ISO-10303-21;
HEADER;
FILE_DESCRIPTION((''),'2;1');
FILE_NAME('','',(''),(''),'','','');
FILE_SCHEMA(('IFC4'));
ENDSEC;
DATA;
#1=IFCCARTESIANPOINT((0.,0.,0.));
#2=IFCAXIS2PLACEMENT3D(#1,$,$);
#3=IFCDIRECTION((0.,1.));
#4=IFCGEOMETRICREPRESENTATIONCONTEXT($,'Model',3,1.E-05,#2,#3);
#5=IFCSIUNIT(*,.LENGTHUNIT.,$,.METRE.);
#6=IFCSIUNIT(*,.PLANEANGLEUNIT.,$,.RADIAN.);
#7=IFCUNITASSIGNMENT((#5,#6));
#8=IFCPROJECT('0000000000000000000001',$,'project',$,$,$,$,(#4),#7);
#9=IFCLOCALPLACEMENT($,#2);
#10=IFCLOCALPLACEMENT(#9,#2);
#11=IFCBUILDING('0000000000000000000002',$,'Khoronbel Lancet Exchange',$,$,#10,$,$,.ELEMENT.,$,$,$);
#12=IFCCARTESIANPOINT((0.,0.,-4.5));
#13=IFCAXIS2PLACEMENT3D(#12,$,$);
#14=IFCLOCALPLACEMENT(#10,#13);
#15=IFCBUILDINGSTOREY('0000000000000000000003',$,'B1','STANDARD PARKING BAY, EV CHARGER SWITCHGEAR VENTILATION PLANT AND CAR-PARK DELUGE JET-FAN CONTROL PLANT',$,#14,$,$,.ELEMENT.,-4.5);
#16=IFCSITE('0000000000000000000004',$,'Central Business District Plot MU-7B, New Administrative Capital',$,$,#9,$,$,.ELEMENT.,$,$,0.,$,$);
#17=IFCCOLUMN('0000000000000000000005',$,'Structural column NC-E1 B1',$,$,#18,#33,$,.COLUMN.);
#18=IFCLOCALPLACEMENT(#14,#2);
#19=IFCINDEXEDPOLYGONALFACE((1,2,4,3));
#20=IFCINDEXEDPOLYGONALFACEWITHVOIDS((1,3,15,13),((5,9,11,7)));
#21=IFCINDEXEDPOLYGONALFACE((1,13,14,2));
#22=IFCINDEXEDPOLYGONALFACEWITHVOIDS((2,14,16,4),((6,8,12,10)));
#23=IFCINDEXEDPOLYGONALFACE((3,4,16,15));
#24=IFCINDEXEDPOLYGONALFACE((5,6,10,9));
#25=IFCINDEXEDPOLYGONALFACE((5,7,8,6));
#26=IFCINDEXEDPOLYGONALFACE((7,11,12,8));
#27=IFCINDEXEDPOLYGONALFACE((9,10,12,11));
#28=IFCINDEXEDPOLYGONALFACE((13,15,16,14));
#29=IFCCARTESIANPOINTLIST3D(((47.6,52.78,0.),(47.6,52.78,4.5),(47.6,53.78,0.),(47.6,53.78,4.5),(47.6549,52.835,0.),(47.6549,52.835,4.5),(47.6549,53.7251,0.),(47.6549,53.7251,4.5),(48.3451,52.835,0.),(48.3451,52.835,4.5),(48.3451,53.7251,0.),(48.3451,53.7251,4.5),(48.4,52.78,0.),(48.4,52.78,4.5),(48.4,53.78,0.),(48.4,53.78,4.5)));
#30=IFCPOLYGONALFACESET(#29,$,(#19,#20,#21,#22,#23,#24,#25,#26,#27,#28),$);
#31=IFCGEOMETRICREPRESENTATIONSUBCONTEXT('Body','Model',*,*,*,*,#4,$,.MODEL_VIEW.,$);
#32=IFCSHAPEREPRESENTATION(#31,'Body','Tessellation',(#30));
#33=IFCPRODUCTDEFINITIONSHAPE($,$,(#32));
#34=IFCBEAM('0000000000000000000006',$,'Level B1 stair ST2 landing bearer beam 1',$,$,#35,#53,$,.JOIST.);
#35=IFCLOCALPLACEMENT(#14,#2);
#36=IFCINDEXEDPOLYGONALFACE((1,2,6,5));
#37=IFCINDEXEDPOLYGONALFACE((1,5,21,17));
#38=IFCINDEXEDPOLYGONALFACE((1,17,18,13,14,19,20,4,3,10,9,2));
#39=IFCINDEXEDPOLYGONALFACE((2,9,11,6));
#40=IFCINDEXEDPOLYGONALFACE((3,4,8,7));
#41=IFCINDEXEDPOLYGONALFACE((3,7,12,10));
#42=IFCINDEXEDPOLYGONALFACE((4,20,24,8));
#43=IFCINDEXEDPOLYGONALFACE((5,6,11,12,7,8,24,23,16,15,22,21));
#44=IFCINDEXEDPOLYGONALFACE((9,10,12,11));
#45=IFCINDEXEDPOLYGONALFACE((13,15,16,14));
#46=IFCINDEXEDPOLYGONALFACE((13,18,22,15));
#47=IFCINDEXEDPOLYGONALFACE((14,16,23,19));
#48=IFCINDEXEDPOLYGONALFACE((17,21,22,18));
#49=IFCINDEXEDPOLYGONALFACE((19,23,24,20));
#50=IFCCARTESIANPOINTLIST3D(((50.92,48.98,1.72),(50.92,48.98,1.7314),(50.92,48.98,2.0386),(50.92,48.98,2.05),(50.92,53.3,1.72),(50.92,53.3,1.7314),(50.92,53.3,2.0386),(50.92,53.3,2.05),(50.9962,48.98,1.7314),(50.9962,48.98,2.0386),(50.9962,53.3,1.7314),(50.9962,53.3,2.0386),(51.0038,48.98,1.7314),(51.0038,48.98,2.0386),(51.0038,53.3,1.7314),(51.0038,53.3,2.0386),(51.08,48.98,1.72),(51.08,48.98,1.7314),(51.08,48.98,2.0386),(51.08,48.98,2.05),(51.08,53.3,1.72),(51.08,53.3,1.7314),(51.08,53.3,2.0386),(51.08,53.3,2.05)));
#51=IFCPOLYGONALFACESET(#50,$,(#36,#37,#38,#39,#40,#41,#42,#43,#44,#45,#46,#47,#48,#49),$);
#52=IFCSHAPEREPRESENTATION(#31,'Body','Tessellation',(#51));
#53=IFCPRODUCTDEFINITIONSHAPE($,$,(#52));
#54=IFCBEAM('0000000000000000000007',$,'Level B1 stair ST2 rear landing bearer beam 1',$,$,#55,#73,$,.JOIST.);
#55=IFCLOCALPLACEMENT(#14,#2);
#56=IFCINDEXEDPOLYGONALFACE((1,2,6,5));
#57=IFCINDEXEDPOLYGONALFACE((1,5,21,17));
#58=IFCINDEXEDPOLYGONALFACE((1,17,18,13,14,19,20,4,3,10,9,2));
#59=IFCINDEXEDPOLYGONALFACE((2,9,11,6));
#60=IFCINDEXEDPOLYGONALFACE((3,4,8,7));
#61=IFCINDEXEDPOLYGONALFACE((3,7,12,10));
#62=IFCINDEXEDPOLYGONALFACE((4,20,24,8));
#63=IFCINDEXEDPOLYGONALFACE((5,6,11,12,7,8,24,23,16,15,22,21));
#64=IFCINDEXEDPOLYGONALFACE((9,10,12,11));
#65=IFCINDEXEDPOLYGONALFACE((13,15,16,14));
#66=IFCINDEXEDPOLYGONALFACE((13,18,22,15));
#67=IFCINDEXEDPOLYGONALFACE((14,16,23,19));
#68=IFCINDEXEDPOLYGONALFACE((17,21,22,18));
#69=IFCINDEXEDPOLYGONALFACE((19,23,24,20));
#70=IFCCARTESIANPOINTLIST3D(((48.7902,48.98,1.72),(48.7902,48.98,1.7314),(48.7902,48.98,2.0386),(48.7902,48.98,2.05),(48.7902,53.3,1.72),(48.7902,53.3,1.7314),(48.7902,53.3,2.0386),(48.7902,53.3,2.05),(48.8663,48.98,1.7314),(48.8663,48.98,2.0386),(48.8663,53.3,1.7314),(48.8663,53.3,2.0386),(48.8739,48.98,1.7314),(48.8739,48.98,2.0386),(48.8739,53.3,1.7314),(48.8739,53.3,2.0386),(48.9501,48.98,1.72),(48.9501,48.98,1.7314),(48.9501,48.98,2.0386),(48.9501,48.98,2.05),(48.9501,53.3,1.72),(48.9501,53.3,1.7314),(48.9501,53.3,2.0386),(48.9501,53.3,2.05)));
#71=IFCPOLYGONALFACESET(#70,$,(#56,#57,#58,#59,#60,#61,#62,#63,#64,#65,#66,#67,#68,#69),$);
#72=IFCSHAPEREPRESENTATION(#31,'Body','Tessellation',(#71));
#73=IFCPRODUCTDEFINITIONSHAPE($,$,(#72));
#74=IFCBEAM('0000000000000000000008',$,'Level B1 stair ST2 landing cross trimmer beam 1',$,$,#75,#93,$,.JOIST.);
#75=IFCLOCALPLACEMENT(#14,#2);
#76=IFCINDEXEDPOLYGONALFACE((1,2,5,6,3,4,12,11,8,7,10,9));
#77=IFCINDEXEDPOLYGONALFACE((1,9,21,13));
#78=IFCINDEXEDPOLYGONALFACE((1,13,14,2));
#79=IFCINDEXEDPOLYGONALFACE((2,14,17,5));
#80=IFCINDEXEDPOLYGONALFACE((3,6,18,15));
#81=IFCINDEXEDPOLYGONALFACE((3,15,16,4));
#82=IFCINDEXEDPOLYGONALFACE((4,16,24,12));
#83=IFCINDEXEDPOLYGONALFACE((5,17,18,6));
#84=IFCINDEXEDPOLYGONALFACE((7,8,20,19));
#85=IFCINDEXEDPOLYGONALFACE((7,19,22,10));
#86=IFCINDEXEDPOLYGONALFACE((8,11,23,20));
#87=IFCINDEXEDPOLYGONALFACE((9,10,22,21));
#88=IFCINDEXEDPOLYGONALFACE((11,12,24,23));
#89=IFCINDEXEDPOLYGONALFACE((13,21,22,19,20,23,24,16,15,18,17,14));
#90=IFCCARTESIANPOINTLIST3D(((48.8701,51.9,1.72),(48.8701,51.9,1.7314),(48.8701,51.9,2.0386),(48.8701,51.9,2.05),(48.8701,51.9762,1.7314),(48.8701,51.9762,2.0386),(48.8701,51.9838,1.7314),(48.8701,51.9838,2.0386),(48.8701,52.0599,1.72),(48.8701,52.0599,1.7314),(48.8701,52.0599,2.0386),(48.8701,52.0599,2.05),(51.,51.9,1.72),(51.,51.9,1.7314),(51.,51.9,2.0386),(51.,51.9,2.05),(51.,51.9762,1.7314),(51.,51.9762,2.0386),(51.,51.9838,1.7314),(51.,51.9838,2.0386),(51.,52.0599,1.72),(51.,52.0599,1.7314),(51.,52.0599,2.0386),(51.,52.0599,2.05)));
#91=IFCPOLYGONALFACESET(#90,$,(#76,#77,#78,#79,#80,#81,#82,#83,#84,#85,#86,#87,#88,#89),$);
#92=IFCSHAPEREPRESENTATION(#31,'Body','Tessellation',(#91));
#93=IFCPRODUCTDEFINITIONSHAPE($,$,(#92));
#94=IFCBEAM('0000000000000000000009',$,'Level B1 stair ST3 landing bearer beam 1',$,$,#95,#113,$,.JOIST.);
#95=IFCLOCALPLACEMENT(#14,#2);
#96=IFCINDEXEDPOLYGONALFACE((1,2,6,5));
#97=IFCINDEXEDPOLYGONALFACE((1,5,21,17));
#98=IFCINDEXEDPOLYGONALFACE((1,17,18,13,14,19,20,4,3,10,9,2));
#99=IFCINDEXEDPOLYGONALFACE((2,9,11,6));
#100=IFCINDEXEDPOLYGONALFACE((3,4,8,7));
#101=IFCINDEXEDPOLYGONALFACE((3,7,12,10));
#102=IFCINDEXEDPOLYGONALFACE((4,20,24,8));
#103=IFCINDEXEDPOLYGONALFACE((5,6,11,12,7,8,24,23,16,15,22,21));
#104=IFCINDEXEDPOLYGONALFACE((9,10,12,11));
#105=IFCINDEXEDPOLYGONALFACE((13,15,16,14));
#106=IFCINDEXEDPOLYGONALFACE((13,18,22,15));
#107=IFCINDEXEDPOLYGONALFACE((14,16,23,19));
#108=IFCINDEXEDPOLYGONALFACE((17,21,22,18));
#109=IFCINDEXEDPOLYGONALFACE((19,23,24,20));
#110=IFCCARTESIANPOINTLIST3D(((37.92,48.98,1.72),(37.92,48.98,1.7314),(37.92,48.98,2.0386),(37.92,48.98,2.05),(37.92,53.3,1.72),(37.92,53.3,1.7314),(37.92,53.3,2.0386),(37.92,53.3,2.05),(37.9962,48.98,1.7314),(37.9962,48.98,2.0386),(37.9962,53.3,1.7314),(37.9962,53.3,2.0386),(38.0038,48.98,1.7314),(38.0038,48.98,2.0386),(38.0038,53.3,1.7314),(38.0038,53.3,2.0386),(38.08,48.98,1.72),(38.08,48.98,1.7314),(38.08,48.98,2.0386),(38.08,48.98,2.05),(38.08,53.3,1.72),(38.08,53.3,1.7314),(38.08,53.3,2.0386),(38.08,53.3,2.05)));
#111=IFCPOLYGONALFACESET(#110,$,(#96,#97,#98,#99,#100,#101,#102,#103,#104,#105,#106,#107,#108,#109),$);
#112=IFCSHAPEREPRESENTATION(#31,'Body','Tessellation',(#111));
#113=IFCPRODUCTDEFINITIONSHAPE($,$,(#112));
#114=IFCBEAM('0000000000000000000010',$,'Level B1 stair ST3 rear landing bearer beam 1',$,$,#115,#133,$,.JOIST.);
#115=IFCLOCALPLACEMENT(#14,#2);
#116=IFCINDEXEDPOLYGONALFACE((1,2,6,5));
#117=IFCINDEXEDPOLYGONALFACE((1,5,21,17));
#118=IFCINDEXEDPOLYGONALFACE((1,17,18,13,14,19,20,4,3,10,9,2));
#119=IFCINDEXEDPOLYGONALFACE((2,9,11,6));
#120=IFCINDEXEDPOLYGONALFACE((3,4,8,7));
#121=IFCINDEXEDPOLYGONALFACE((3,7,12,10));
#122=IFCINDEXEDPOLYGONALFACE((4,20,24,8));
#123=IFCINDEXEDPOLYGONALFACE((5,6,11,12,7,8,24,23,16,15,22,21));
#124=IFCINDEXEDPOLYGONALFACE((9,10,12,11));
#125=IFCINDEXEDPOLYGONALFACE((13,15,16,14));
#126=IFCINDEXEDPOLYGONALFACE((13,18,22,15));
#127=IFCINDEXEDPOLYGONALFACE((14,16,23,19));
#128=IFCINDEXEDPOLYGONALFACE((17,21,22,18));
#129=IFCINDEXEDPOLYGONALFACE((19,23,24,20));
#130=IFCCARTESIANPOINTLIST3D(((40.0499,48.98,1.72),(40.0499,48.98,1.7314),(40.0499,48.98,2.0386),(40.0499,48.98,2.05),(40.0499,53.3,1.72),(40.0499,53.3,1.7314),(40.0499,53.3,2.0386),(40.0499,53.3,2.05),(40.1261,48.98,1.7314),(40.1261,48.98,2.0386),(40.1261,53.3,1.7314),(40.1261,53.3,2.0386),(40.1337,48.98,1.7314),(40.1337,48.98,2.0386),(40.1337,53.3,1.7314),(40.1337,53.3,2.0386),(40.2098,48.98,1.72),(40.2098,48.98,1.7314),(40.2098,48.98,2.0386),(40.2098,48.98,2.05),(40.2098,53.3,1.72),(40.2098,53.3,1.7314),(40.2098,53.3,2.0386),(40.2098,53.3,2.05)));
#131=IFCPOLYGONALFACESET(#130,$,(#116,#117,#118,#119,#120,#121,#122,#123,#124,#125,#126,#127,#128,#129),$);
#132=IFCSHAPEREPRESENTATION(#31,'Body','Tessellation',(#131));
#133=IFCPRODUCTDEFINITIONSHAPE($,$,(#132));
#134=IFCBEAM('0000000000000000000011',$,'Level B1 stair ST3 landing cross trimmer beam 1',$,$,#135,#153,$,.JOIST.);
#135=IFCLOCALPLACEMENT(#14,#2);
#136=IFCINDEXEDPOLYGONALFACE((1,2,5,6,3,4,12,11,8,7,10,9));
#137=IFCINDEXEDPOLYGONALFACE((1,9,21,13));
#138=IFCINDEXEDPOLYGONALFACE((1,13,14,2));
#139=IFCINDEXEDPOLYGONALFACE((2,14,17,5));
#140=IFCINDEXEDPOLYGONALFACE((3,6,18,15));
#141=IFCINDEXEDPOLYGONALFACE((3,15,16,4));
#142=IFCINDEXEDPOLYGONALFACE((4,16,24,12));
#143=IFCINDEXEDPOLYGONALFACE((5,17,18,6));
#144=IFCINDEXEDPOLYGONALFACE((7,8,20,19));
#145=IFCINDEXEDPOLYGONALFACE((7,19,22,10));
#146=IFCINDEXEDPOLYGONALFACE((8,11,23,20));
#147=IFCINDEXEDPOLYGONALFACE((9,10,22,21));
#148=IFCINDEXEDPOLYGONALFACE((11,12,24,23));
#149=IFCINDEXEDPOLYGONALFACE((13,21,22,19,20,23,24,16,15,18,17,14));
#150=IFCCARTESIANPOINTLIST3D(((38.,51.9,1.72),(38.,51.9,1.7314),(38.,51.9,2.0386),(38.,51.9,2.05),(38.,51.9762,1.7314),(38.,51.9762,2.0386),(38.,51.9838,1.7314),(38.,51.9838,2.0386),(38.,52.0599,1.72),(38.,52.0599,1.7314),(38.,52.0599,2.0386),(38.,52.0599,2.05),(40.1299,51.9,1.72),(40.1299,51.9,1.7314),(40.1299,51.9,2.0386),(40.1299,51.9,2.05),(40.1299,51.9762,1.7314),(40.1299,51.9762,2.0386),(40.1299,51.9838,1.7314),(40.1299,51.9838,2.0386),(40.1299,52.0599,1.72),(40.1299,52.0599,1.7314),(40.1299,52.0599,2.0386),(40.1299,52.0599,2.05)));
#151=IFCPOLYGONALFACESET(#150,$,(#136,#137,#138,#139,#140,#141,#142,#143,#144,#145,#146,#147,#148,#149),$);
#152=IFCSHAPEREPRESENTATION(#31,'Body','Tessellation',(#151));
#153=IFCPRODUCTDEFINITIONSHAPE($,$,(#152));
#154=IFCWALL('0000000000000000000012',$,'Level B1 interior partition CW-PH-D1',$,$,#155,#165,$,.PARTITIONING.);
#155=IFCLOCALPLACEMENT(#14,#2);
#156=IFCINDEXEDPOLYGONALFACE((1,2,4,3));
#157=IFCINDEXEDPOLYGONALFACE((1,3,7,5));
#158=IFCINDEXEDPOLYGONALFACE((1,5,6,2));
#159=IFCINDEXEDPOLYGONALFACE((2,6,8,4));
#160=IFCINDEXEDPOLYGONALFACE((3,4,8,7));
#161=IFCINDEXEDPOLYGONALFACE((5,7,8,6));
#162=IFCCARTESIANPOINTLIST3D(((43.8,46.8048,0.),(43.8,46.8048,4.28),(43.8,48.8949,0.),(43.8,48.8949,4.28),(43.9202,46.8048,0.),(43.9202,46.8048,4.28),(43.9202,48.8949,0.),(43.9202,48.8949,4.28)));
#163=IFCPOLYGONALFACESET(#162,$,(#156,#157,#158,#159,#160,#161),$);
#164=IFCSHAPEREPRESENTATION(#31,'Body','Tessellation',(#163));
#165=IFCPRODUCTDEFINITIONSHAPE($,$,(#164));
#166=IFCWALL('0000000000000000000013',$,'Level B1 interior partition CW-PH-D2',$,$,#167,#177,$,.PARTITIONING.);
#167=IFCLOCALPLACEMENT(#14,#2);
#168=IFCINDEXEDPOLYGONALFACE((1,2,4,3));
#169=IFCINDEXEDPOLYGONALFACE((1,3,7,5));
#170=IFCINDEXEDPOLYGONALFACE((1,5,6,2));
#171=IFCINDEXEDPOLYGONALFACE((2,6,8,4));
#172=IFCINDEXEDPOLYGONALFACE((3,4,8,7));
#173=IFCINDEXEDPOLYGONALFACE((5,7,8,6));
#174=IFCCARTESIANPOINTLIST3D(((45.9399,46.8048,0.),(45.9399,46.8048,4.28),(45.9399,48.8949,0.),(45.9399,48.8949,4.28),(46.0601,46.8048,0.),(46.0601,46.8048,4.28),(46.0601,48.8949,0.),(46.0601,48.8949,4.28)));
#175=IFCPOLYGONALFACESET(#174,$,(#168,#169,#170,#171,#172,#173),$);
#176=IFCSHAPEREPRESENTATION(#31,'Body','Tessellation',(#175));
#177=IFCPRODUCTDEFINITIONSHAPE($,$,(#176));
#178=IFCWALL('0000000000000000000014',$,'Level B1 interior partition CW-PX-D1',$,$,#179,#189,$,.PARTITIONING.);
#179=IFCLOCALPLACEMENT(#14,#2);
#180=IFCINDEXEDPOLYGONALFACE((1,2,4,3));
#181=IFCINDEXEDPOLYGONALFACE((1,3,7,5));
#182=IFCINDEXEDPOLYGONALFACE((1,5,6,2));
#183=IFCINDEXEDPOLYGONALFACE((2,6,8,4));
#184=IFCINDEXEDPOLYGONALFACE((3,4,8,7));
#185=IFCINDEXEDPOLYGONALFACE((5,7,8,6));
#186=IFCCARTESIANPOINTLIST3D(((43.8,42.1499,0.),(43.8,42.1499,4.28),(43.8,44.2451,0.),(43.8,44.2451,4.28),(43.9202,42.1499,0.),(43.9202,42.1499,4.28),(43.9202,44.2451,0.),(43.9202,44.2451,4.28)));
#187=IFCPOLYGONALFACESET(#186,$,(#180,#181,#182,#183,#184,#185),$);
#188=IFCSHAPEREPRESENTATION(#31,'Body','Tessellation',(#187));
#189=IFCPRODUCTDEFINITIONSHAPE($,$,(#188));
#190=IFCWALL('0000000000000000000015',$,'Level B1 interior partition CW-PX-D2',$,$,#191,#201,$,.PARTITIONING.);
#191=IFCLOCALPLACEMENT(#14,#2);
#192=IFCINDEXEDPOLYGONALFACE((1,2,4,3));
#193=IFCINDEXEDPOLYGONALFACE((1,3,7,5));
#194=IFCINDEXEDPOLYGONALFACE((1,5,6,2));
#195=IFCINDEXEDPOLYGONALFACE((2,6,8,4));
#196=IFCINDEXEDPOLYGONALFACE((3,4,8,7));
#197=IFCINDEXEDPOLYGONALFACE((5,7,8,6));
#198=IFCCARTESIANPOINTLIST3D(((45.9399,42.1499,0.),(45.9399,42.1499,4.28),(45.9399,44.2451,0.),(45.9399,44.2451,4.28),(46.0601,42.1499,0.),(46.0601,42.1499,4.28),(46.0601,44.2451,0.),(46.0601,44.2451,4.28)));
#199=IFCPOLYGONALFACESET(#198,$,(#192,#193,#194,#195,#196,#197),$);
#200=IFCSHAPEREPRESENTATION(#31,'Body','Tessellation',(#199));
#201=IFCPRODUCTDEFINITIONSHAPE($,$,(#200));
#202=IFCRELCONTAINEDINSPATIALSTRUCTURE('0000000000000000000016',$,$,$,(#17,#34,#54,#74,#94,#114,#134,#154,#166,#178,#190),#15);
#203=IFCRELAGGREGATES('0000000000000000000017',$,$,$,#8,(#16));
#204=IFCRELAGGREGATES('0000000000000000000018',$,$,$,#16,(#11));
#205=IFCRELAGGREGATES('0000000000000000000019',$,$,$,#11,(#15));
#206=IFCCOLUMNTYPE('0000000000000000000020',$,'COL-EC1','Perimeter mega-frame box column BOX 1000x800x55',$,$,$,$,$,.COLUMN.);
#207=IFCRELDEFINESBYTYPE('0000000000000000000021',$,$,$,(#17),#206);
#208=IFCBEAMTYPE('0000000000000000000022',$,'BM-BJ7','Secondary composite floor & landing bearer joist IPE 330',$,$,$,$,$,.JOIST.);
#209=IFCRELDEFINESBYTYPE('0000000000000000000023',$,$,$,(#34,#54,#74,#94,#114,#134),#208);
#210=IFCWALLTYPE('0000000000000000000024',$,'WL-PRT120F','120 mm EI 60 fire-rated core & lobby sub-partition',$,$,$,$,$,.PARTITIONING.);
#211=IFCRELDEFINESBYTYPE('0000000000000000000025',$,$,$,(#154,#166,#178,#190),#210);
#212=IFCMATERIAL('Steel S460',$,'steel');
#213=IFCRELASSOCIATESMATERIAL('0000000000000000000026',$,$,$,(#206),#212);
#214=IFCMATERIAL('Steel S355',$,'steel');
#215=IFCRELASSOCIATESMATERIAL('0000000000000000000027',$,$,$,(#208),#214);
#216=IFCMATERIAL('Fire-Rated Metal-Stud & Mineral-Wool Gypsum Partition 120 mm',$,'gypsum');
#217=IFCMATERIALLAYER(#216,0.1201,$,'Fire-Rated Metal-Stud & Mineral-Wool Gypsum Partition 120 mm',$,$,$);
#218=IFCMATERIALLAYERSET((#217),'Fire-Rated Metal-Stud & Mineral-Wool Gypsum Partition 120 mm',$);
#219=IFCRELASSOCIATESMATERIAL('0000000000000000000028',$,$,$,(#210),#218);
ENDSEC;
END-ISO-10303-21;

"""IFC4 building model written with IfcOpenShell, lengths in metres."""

from ifc_helpers import new_model, si_unit, direction, frame, frame_2d, origin, origin_2d, place, context, subcontext, project, spatial, rectangle, hollow_rectangle, i_section, extrude, material, layer, layer_set, material_profile, profile_set, type_object, element, save


model = new_model("IFC4")

# Units and contexts
model_context = context("Model", 3, precision=1e-05, world=origin(), true_north=direction((0.0, 1.0)))
body_context = subcontext(model_context, "Body", "Model", "MODEL_VIEW")
ifc_project = project(units=[si_unit("LENGTHUNIT", "METRE"), si_unit("PLANEANGLEUNIT", "RADIAN")], contexts=[model_context])

# Site, building, storey
site_placement = place(None, origin())
site = spatial("IfcSite", under=ifc_project, at=site_placement, Name="Central Business District Plot MU-7B, New Administrative Capital", CompositionType="ELEMENT", RefElevation=0.0)
building_placement = place(site_placement, origin())
building = spatial("IfcBuilding", under=site, at=building_placement, Name="Khoronbel Lancet Exchange", CompositionType="ELEMENT")
storey_placement = place(building_placement, frame((0.0, 0.0, -4.5)))
storey = spatial("IfcBuildingStorey", under=building, at=storey_placement, Name="B1", Description="STANDARD PARKING BAY, EV CHARGER SWITCHGEAR VENTILATION PLANT AND CAR-PARK DELUGE JET-FAN CONTROL PLANT", CompositionType="ELEMENT", Elevation=-4.5)

# Column
ifc_material_1 = material(Name="Steel S460", Category="steel")
ifc_material_profile_1 = material_profile(ifc_material_1, hollow_rectangle(XDim=0.8, YDim=1.0, WallThickness=0.0549, at=origin_2d()), Name="BOX 1000x800x55")
ifc_profile_set_1 = profile_set([ifc_material_profile_1], Name="Steel S460")
column_type = type_object("IfcColumnType", Name="COL-EC1", Description="Perimeter mega-frame box column BOX 1000x800x55", PredefinedType="COLUMN", material=ifc_profile_set_1)
column_placement = place(storey_placement, frame((48.0, 53.28, 0.0), z_axis=(0.0, 0.0, 1.0), x_axis=(1.0, 0.0, 0.0)))
element("IfcColumn", 1, at=column_placement, inside=storey, type_object=column_type, Name="Structural column NC-E1 B1", PredefinedType="COLUMN", context=body_context, shape_type="SweptSolid", body=[
    extrude(hollow_rectangle(XDim=0.8, YDim=1.0, WallThickness=0.0549, at=origin_2d()), origin(), (0.0, 0.0, 1.0), 4.5),
])

# Beams
ifc_material_2 = material(Name="Steel S355", Category="steel")
ifc_material_profile_2 = material_profile(ifc_material_2, i_section(OverallWidth=0.1599, OverallDepth=0.3301, WebThickness=0.0076, FlangeThickness=0.0115, at=origin_2d()), Name="IPE 330")
ifc_profile_set_2 = profile_set([ifc_material_profile_2], Name="Steel S355")
beam_type = type_object("IfcBeamType", Name="BM-BJ7", Description="Secondary composite floor & landing bearer joist IPE 330", PredefinedType="JOIST", material=ifc_profile_set_2)
for number, where, z_axis, x_axis, name in (
    (2, (51.0, 48.98, 1.885), (0.0, 1.0, 0.0), (-1.0, 0.0, 0.0), "Level B1 stair ST2 landing bearer beam 1"),
    (3, (48.8701, 48.98, 1.885), (0.0, 1.0, 0.0), (-1.0, 0.0, 0.0), "Level B1 stair ST2 rear landing bearer beam 1"),
):
    element("IfcBeam", number, at=place(storey_placement, frame(where, z_axis=z_axis, x_axis=x_axis)), inside=storey, type_object=beam_type, Name=name, PredefinedType="JOIST", context=body_context, shape_type="SweptSolid", body=[
        extrude(i_section(OverallWidth=0.1599, OverallDepth=0.3301, WebThickness=0.0076, FlangeThickness=0.0115, at=origin_2d()), origin(), (0.0, 0.0, 1.0), 4.3201),
    ])
beam_1_placement = place(storey_placement, frame((48.8701, 51.98, 1.885), z_axis=(1.0, 0.0, 0.0), x_axis=(0.0, 1.0, 0.0)))
element("IfcBeam", 4, at=beam_1_placement, inside=storey, type_object=beam_type, Name="Level B1 stair ST2 landing cross trimmer beam 1", PredefinedType="JOIST", context=body_context, shape_type="SweptSolid", body=[
    extrude(i_section(OverallWidth=0.1599, OverallDepth=0.3301, WebThickness=0.0076, FlangeThickness=0.0115, at=origin_2d()), origin(), (0.0, 0.0, 1.0), 2.1299),
])
for number, where, z_axis, x_axis, name in (
    (5, (38.0, 48.98, 1.885), (0.0, 1.0, 0.0), (-1.0, 0.0, 0.0), "Level B1 stair ST3 landing bearer beam 1"),
    (6, (40.1299, 48.98, 1.885), (0.0, 1.0, 0.0), (-1.0, 0.0, 0.0), "Level B1 stair ST3 rear landing bearer beam 1"),
):
    element("IfcBeam", number, at=place(storey_placement, frame(where, z_axis=z_axis, x_axis=x_axis)), inside=storey, type_object=beam_type, Name=name, PredefinedType="JOIST", context=body_context, shape_type="SweptSolid", body=[
        extrude(i_section(OverallWidth=0.1599, OverallDepth=0.3301, WebThickness=0.0076, FlangeThickness=0.0115, at=origin_2d()), origin(), (0.0, 0.0, 1.0), 4.3201),
    ])
beam_2_placement = place(storey_placement, frame((38.0, 51.98, 1.885), z_axis=(1.0, 0.0, 0.0), x_axis=(0.0, 1.0, 0.0)))
element("IfcBeam", 7, at=beam_2_placement, inside=storey, type_object=beam_type, Name="Level B1 stair ST3 landing cross trimmer beam 1", PredefinedType="JOIST", context=body_context, shape_type="SweptSolid", body=[
    extrude(i_section(OverallWidth=0.1599, OverallDepth=0.3301, WebThickness=0.0076, FlangeThickness=0.0115, at=origin_2d()), origin(), (0.0, 0.0, 1.0), 2.1299),
])

# Walls
ifc_material_3 = material(Name="Fire-Rated Metal-Stud & Mineral-Wool Gypsum Partition 120 mm", Category="gypsum")
ifc_layer_1 = layer(ifc_material_3, 0.1201, Name="Fire-Rated Metal-Stud & Mineral-Wool Gypsum Partition 120 mm")
ifc_layer_set_1 = layer_set([ifc_layer_1], Name="Fire-Rated Metal-Stud & Mineral-Wool Gypsum Partition 120 mm")
wall_type_1 = type_object("IfcWallType", Name="WL-PRT120F", Description="120 mm EI 60 fire-rated core & lobby sub-partition", PredefinedType="PARTITIONING", material=ifc_layer_set_1)
for number, where, z_axis, x_axis, name in (
    (8, (43.8601, 46.8049, 0.0), (0.0, 0.0, 1.0), (0.0, 1.0, 0.0), "Level B1 interior partition CW-PH-D1"),
    (9, (46.0, 46.8049, 0.0), (0.0, 0.0, 1.0), (0.0, 1.0, 0.0), "Level B1 interior partition CW-PH-D2"),
):
    element("IfcWall", number, at=place(storey_placement, frame(where, z_axis=z_axis, x_axis=x_axis)), inside=storey, type_object=wall_type_1, Name=name, PredefinedType="PARTITIONING", context=body_context, shape_type="SweptSolid", body=[
        extrude(rectangle(XDim=2.0901, YDim=0.1201, at=frame_2d((1.0449, 0.0))), origin(), (0.0, 0.0, 1.0), 4.28),
    ])
for number, where, z_axis, x_axis, name in (
    (10, (43.8601, 42.1499, 0.0), (0.0, 0.0, 1.0), (0.0, 1.0, 0.0), "Level B1 interior partition CW-PX-D1"),
    (11, (46.0, 42.1499, 0.0), (0.0, 0.0, 1.0), (0.0, 1.0, 0.0), "Level B1 interior partition CW-PX-D2"),
):
    element("IfcWall", number, at=place(storey_placement, frame(where, z_axis=z_axis, x_axis=x_axis)), inside=storey, type_object=wall_type_1, Name=name, PredefinedType="PARTITIONING", context=body_context, shape_type="SweptSolid", body=[
        extrude(rectangle(XDim=2.0952, YDim=0.1201, at=frame_2d((1.0476, 0.0))), origin(), (0.0, 0.0, 1.0), 4.28),
    ])

save(model, "model.ifc")
